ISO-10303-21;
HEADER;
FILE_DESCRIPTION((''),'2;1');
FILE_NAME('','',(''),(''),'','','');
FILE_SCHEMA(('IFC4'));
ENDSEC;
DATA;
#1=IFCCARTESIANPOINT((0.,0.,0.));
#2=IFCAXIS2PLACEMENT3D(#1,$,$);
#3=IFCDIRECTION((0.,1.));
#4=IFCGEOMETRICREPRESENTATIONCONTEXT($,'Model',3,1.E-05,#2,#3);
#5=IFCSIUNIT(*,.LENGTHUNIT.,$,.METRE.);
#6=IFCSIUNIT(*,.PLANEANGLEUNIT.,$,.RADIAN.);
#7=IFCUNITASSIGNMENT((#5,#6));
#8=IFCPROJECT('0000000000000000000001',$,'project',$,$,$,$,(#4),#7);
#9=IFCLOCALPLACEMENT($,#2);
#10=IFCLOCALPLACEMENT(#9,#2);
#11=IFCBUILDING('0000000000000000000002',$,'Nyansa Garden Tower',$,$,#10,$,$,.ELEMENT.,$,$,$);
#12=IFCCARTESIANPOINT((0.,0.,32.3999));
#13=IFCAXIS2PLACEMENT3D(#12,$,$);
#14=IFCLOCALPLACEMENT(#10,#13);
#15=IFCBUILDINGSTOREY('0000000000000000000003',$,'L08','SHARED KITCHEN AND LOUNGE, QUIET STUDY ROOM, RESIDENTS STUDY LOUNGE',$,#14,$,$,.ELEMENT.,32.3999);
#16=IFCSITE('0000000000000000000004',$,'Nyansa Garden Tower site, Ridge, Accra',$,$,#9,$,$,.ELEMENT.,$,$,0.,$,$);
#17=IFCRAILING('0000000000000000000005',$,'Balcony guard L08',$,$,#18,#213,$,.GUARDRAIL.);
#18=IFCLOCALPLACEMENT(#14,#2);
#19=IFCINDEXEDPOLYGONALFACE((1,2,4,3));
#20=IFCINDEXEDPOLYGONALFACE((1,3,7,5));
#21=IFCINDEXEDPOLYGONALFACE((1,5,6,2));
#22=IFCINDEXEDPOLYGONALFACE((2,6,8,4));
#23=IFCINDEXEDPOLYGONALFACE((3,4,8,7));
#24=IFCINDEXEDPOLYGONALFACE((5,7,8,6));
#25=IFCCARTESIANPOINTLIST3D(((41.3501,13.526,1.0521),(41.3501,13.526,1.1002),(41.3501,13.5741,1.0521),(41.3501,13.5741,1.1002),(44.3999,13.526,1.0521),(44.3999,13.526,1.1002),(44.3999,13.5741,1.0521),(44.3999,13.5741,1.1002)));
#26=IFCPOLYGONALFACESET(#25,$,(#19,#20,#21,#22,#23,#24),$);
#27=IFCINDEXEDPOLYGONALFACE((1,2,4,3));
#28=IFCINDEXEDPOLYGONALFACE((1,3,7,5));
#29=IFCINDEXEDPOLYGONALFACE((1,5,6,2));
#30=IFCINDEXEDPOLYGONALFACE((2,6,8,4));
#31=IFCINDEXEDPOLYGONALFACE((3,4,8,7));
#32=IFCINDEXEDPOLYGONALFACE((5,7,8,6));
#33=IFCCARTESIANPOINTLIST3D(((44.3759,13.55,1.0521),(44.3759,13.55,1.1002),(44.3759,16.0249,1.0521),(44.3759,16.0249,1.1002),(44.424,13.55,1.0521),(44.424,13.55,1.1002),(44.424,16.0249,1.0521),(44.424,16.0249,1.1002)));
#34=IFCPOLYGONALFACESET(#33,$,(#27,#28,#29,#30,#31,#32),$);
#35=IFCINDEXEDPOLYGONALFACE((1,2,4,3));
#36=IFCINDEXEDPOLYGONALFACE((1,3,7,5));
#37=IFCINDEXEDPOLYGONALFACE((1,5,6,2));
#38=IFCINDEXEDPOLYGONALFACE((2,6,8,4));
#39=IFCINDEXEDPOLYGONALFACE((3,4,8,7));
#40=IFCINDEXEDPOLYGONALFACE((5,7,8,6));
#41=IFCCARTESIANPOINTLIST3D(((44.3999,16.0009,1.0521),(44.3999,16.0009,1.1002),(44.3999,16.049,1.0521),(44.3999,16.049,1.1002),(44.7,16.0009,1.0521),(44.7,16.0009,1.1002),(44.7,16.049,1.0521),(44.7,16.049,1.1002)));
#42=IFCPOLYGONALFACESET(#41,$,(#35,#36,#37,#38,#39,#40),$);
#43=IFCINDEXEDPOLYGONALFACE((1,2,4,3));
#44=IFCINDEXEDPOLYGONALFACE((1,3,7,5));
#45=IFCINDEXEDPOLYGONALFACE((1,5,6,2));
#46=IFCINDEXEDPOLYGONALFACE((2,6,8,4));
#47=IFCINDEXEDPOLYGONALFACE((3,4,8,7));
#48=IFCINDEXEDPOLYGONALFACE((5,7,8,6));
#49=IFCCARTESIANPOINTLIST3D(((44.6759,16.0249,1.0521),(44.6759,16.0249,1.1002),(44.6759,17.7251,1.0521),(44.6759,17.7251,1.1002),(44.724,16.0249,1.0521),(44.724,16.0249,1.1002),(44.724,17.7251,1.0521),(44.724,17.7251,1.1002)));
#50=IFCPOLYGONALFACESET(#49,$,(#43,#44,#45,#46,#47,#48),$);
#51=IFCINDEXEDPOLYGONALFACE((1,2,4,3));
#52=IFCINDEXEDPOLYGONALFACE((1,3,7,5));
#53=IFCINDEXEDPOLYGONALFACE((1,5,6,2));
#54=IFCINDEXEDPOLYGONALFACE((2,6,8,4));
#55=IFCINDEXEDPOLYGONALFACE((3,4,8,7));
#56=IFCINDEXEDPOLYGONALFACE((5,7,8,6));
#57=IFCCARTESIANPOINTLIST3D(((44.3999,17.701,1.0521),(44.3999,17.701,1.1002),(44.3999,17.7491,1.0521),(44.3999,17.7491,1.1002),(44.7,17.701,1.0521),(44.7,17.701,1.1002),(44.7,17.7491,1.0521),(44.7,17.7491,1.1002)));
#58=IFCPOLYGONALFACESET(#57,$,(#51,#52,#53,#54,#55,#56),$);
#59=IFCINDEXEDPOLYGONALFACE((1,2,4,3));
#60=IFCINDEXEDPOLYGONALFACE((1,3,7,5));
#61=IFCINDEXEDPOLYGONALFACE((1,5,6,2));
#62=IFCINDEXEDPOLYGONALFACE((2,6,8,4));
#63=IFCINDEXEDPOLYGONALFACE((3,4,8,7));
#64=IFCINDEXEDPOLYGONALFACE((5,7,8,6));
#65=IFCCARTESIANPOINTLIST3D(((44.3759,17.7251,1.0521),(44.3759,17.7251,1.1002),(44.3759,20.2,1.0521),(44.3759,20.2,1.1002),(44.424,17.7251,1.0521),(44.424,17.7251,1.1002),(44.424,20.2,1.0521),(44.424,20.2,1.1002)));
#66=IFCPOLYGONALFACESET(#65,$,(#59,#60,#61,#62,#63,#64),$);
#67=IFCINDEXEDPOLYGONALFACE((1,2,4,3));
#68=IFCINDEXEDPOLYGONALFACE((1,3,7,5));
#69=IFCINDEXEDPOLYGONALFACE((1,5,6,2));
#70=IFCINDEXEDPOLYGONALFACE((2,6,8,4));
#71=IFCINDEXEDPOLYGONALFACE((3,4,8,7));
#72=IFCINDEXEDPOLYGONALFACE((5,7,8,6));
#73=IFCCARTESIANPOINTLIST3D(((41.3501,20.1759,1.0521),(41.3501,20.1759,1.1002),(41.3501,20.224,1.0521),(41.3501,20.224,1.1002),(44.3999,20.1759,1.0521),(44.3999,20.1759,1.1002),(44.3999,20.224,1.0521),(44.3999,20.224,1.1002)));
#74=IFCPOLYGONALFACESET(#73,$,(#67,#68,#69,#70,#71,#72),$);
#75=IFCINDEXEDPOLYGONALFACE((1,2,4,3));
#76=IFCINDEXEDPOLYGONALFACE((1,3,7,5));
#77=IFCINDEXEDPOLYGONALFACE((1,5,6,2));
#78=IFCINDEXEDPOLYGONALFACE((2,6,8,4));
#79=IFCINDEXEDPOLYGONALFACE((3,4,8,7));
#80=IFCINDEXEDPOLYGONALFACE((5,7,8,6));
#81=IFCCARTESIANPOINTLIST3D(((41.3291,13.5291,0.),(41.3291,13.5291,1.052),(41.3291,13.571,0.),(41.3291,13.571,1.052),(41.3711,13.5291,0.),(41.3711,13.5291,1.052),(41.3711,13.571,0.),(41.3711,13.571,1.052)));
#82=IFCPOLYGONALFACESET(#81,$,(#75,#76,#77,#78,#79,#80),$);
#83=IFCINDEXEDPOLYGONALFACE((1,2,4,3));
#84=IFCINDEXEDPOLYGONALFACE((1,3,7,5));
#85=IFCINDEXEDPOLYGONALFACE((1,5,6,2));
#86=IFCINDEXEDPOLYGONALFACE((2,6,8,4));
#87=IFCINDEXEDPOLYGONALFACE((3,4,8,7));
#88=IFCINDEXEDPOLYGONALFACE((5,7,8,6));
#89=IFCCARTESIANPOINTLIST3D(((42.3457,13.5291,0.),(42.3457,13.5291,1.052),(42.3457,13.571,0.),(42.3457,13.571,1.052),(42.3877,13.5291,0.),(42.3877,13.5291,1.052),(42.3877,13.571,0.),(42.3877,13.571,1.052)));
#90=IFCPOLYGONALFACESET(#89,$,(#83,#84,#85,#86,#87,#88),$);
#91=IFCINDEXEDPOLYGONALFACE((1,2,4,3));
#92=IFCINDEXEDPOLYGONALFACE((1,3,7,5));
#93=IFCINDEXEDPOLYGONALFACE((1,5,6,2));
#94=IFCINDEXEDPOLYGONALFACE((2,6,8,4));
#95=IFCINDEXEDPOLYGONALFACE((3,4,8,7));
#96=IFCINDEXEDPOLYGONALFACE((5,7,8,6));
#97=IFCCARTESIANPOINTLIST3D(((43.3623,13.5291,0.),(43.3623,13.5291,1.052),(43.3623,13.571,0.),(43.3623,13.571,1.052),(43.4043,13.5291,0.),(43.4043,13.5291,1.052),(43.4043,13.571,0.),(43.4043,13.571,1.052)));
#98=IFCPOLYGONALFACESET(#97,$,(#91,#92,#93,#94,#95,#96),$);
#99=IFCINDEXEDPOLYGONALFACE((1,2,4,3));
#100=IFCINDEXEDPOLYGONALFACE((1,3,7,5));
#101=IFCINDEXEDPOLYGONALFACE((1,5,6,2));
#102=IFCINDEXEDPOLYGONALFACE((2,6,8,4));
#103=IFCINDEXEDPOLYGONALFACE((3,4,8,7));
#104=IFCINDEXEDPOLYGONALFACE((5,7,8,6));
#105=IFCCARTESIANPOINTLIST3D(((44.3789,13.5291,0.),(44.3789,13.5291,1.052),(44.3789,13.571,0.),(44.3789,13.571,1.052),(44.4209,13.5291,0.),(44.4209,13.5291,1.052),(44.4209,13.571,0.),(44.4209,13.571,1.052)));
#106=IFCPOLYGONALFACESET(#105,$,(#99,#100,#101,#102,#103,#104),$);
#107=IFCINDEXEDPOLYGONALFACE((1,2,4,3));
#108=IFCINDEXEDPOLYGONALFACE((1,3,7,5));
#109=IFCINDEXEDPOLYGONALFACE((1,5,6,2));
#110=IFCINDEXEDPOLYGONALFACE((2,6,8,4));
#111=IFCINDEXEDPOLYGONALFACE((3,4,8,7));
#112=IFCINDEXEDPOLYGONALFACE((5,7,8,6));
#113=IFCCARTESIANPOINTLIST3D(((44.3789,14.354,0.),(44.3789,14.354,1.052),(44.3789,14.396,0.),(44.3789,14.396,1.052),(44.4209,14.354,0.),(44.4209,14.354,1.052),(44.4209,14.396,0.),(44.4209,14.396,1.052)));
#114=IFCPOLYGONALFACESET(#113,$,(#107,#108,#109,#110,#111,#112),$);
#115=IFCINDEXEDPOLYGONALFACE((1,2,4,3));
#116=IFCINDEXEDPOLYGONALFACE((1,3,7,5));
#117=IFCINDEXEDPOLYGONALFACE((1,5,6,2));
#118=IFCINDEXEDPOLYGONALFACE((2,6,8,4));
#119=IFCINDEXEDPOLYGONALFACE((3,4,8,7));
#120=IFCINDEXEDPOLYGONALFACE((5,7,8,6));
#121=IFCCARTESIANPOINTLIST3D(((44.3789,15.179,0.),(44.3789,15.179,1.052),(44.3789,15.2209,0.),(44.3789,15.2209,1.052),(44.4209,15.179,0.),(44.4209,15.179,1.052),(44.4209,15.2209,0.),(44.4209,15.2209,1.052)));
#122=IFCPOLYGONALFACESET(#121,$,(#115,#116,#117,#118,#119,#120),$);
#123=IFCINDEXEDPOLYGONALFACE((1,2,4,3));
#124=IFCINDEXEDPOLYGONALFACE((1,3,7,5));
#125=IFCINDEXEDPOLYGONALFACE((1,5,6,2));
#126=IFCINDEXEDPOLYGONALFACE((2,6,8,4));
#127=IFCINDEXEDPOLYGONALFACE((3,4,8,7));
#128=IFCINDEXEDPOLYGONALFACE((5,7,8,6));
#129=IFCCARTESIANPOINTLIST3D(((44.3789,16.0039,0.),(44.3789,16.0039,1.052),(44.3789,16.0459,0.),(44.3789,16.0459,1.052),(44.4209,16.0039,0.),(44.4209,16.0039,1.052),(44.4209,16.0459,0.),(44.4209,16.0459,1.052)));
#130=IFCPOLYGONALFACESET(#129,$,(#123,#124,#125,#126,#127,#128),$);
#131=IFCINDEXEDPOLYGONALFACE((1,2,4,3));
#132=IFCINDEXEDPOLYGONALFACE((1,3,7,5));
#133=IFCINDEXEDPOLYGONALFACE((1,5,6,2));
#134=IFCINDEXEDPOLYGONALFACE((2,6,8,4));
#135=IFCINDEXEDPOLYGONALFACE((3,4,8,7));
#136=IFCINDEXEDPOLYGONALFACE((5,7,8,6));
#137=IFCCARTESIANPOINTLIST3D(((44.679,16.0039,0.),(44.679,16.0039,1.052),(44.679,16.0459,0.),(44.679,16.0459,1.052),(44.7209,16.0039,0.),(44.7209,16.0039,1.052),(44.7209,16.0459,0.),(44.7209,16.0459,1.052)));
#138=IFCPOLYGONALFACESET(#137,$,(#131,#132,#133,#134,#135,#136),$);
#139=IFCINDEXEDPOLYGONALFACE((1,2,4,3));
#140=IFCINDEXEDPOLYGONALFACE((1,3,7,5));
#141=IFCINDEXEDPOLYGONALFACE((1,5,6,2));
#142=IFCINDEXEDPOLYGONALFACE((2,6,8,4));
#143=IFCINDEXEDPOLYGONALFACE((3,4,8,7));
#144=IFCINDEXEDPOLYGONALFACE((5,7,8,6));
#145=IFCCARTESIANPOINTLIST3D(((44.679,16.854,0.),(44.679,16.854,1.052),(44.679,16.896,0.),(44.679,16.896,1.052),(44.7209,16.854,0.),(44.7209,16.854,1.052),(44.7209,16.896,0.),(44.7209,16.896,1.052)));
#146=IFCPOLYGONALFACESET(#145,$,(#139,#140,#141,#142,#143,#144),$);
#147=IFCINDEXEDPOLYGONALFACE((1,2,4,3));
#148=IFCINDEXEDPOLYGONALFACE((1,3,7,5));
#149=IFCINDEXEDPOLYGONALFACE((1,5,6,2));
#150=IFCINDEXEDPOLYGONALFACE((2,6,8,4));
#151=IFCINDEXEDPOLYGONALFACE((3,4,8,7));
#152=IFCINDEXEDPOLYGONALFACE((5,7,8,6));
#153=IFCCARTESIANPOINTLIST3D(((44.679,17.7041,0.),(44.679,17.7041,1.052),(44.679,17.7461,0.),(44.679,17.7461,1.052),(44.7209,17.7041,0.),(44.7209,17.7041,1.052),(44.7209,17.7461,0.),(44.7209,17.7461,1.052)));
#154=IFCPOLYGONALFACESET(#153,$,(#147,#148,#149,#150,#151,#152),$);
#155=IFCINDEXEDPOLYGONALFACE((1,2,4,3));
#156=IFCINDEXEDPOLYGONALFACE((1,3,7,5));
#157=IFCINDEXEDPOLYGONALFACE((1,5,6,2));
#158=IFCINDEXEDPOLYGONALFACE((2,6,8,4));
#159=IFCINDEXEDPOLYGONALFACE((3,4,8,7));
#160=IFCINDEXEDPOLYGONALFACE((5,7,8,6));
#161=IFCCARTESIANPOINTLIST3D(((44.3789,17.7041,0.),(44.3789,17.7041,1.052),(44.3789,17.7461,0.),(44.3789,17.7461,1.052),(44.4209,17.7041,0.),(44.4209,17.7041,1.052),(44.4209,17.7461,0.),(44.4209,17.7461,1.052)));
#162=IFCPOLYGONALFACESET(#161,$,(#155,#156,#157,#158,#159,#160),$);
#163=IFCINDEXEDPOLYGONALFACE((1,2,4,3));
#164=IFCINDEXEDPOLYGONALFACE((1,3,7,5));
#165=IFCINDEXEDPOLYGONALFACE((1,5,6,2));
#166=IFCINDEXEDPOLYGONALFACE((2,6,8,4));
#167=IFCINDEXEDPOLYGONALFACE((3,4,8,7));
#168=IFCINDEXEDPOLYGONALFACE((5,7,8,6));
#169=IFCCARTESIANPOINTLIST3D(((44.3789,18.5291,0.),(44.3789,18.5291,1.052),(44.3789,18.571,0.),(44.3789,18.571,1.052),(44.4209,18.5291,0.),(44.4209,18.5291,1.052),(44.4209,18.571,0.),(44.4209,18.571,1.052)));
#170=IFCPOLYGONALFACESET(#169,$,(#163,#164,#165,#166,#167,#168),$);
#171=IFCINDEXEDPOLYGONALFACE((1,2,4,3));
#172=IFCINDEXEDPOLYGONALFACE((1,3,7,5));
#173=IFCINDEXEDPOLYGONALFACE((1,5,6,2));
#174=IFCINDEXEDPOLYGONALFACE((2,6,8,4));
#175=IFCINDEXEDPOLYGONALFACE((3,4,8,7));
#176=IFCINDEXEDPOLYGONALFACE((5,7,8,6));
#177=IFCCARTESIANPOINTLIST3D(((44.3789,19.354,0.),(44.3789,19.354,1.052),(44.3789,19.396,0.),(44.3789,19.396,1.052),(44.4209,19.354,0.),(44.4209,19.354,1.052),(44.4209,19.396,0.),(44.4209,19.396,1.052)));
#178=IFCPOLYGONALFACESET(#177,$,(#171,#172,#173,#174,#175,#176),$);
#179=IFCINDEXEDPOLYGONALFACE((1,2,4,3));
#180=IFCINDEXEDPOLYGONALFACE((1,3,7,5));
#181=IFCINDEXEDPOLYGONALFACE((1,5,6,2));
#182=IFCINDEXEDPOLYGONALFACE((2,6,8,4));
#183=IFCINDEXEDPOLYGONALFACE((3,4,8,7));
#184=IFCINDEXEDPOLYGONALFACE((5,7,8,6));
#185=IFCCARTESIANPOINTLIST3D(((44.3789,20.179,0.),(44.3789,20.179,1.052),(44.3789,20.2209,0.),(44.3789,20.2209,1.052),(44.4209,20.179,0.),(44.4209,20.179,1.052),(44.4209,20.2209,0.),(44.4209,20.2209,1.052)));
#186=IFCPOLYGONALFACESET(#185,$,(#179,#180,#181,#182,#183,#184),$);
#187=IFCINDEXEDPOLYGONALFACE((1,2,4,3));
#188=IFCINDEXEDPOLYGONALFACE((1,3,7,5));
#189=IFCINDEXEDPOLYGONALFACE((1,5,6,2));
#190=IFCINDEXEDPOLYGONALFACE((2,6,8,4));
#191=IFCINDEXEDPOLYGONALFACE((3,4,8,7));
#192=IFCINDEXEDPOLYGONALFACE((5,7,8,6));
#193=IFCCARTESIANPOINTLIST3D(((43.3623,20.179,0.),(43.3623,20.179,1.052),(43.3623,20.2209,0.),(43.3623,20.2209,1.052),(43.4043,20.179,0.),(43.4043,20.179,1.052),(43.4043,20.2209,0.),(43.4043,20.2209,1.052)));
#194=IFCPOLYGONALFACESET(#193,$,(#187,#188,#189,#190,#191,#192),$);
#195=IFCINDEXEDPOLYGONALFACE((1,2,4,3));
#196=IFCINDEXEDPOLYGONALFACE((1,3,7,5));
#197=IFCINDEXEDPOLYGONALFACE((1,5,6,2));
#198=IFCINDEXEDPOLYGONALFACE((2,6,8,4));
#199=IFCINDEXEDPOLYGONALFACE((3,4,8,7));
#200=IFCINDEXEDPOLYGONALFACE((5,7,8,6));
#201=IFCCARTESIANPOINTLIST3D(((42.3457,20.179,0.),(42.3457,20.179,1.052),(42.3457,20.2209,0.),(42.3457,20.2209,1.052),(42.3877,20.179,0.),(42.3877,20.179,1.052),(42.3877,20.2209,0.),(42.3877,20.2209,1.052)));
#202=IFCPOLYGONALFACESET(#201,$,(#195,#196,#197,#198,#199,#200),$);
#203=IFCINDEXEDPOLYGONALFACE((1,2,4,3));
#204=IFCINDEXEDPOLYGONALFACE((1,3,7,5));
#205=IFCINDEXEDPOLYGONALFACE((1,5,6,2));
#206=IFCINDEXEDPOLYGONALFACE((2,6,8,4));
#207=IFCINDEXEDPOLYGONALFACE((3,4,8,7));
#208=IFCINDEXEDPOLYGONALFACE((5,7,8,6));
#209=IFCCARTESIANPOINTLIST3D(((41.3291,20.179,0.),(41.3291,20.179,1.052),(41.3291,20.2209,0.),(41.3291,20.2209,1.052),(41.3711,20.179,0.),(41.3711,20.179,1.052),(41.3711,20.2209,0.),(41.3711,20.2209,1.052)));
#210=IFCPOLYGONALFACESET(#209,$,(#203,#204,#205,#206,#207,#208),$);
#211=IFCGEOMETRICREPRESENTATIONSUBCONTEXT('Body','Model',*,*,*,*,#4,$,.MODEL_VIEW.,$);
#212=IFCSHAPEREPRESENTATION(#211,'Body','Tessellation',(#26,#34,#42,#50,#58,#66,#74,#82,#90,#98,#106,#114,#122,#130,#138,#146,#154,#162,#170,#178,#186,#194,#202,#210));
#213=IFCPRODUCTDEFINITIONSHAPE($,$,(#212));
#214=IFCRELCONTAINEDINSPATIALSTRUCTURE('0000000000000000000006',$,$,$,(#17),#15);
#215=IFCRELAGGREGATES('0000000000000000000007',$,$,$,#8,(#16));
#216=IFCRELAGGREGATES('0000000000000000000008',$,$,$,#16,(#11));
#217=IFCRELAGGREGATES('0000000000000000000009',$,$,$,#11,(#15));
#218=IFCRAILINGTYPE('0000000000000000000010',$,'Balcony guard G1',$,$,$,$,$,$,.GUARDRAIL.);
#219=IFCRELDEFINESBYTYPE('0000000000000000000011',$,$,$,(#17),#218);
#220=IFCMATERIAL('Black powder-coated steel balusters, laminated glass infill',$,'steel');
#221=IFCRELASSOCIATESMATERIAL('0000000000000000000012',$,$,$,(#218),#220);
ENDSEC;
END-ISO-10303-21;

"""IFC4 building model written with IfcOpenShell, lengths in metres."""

from ifc_helpers import new_model, si_unit, direction, frame, origin, origin_2d, place, context, subcontext, project, spatial, rectangle, extrude, material, type_object, element, save


model = new_model("IFC4")

# Units and contexts
model_context = context("Model", 3, precision=1e-05, world=origin(), true_north=direction((0.0, 1.0)))
body_context = subcontext(model_context, "Body", "Model", "MODEL_VIEW")
ifc_project = project(units=[si_unit("LENGTHUNIT", "METRE"), si_unit("PLANEANGLEUNIT", "RADIAN")], contexts=[model_context])

# Site, building, storey
site_placement = place(None, origin())
site = spatial("IfcSite", under=ifc_project, at=site_placement, Name="Nyansa Garden Tower site, Ridge, Accra", CompositionType="ELEMENT", RefElevation=0.0)
building_placement = place(site_placement, origin())
building = spatial("IfcBuilding", under=site, at=building_placement, Name="Nyansa Garden Tower", CompositionType="ELEMENT")
storey_placement = place(building_placement, frame((0.0, 0.0, 32.3999)))
storey = spatial("IfcBuildingStorey", under=building, at=storey_placement, Name="L08", Description="SHARED KITCHEN AND LOUNGE, QUIET STUDY ROOM, RESIDENTS STUDY LOUNGE", CompositionType="ELEMENT", Elevation=32.3999)

# Railing
ifc_material_1 = material(Name="Black powder-coated steel balusters, laminated glass infill", Category="steel")
railing_type = type_object("IfcRailingType", Name="Balcony guard G1", PredefinedType="GUARDRAIL", material=ifc_material_1)
railing_placement = place(storey_placement, frame((41.3501, 13.55, 0.0)))
element("IfcRailing", 1, at=railing_placement, inside=storey, type_object=railing_type, Name="Balcony guard L08", PredefinedType="GUARDRAIL", context=body_context, shape_type="SweptSolid", body=[
    extrude(rectangle(XDim=0.0481, YDim=0.0481, at=origin_2d()), frame((0.0, 0.0, 1.0762), z_axis=(1.0, 0.0, 0.0), x_axis=(0.0, 1.0, 0.0)), (0.0, 0.0, 1.0), 3.0498),
    extrude(rectangle(XDim=0.0481, YDim=0.0481, at=origin_2d()), frame((3.0498, 0.0, 1.0762), z_axis=(0.0, 1.0, 0.0), x_axis=(-1.0, 0.0, 0.0)), (0.0, 0.0, 1.0), 2.4749),
    extrude(rectangle(XDim=0.0481, YDim=0.0481, at=origin_2d()), frame((3.0498, 2.4749, 1.0762), z_axis=(1.0, 0.0, 0.0), x_axis=(0.0, 1.0, 0.0)), (0.0, 0.0, 1.0), 0.3),
    extrude(rectangle(XDim=0.0481, YDim=0.0481, at=origin_2d()), frame((3.3499, 2.4749, 1.0762), z_axis=(0.0, 1.0, 0.0), x_axis=(-1.0, 0.0, 0.0)), (0.0, 0.0, 1.0), 1.7002),
    extrude(rectangle(XDim=0.0481, YDim=0.0481, at=origin_2d()), frame((3.3499, 4.175, 1.0762), z_axis=(-1.0, 0.0, 0.0), x_axis=(0.0, -1.0, 0.0)), (0.0, 0.0, 1.0), 0.3),
    extrude(rectangle(XDim=0.0481, YDim=0.0481, at=origin_2d()), frame((3.0498, 4.175, 1.0762), z_axis=(0.0, 1.0, 0.0), x_axis=(-1.0, 0.0, 0.0)), (0.0, 0.0, 1.0), 2.4749),
    extrude(rectangle(XDim=0.0481, YDim=0.0481, at=origin_2d()), frame((3.0498, 6.6499, 1.0762), z_axis=(-1.0, 0.0, 0.0), x_axis=(0.0, -1.0, 0.0)), (0.0, 0.0, 1.0), 3.0498),
    extrude(rectangle(XDim=0.042, YDim=0.042, at=origin_2d()), origin(), (0.0, 0.0, 1.0), 1.052),
    extrude(rectangle(XDim=0.042, YDim=0.042, at=origin_2d()), frame((1.0166, 0.0, 0.0)), (0.0, 0.0, 1.0), 1.052),
    extrude(rectangle(XDim=0.042, YDim=0.042, at=origin_2d()), frame((2.0332, 0.0, 0.0)), (0.0, 0.0, 1.0), 1.052),
    extrude(rectangle(XDim=0.042, YDim=0.042, at=origin_2d()), frame((3.0498, 0.0, 0.0)), (0.0, 0.0, 1.0), 1.052),
    extrude(rectangle(XDim=0.042, YDim=0.042, at=origin_2d()), frame((3.0498, 0.825, 0.0)), (0.0, 0.0, 1.0), 1.052),
    extrude(rectangle(XDim=0.042, YDim=0.042, at=origin_2d()), frame((3.0498, 1.6499, 0.0)), (0.0, 0.0, 1.0), 1.052),
    extrude(rectangle(XDim=0.042, YDim=0.042, at=origin_2d()), frame((3.0498, 2.4749, 0.0)), (0.0, 0.0, 1.0), 1.052),
    extrude(rectangle(XDim=0.042, YDim=0.042, at=origin_2d()), frame((3.3499, 2.4749, 0.0)), (0.0, 0.0, 1.0), 1.052),
    extrude(rectangle(XDim=0.042, YDim=0.042, at=origin_2d()), frame((3.3499, 3.325, 0.0)), (0.0, 0.0, 1.0), 1.052),
    extrude(rectangle(XDim=0.042, YDim=0.042, at=origin_2d()), frame((3.3499, 4.175, 0.0)), (0.0, 0.0, 1.0), 1.052),
    extrude(rectangle(XDim=0.042, YDim=0.042, at=origin_2d()), frame((3.0498, 4.175, 0.0)), (0.0, 0.0, 1.0), 1.052),
    extrude(rectangle(XDim=0.042, YDim=0.042, at=origin_2d()), frame((3.0498, 5.0, 0.0)), (0.0, 0.0, 1.0), 1.052),
    extrude(rectangle(XDim=0.042, YDim=0.042, at=origin_2d()), frame((3.0498, 5.825, 0.0)), (0.0, 0.0, 1.0), 1.052),
    extrude(rectangle(XDim=0.042, YDim=0.042, at=origin_2d()), frame((3.0498, 6.6499, 0.0)), (0.0, 0.0, 1.0), 1.052),
    extrude(rectangle(XDim=0.042, YDim=0.042, at=origin_2d()), frame((2.0332, 6.6499, 0.0)), (0.0, 0.0, 1.0), 1.052),
    extrude(rectangle(XDim=0.042, YDim=0.042, at=origin_2d()), frame((1.0166, 6.6499, 0.0)), (0.0, 0.0, 1.0), 1.052),
    extrude(rectangle(XDim=0.042, YDim=0.042, at=origin_2d()), frame((0.0, 6.6499, 0.0)), (0.0, 0.0, 1.0), 1.052),
])

save(model, "model.ifc")
